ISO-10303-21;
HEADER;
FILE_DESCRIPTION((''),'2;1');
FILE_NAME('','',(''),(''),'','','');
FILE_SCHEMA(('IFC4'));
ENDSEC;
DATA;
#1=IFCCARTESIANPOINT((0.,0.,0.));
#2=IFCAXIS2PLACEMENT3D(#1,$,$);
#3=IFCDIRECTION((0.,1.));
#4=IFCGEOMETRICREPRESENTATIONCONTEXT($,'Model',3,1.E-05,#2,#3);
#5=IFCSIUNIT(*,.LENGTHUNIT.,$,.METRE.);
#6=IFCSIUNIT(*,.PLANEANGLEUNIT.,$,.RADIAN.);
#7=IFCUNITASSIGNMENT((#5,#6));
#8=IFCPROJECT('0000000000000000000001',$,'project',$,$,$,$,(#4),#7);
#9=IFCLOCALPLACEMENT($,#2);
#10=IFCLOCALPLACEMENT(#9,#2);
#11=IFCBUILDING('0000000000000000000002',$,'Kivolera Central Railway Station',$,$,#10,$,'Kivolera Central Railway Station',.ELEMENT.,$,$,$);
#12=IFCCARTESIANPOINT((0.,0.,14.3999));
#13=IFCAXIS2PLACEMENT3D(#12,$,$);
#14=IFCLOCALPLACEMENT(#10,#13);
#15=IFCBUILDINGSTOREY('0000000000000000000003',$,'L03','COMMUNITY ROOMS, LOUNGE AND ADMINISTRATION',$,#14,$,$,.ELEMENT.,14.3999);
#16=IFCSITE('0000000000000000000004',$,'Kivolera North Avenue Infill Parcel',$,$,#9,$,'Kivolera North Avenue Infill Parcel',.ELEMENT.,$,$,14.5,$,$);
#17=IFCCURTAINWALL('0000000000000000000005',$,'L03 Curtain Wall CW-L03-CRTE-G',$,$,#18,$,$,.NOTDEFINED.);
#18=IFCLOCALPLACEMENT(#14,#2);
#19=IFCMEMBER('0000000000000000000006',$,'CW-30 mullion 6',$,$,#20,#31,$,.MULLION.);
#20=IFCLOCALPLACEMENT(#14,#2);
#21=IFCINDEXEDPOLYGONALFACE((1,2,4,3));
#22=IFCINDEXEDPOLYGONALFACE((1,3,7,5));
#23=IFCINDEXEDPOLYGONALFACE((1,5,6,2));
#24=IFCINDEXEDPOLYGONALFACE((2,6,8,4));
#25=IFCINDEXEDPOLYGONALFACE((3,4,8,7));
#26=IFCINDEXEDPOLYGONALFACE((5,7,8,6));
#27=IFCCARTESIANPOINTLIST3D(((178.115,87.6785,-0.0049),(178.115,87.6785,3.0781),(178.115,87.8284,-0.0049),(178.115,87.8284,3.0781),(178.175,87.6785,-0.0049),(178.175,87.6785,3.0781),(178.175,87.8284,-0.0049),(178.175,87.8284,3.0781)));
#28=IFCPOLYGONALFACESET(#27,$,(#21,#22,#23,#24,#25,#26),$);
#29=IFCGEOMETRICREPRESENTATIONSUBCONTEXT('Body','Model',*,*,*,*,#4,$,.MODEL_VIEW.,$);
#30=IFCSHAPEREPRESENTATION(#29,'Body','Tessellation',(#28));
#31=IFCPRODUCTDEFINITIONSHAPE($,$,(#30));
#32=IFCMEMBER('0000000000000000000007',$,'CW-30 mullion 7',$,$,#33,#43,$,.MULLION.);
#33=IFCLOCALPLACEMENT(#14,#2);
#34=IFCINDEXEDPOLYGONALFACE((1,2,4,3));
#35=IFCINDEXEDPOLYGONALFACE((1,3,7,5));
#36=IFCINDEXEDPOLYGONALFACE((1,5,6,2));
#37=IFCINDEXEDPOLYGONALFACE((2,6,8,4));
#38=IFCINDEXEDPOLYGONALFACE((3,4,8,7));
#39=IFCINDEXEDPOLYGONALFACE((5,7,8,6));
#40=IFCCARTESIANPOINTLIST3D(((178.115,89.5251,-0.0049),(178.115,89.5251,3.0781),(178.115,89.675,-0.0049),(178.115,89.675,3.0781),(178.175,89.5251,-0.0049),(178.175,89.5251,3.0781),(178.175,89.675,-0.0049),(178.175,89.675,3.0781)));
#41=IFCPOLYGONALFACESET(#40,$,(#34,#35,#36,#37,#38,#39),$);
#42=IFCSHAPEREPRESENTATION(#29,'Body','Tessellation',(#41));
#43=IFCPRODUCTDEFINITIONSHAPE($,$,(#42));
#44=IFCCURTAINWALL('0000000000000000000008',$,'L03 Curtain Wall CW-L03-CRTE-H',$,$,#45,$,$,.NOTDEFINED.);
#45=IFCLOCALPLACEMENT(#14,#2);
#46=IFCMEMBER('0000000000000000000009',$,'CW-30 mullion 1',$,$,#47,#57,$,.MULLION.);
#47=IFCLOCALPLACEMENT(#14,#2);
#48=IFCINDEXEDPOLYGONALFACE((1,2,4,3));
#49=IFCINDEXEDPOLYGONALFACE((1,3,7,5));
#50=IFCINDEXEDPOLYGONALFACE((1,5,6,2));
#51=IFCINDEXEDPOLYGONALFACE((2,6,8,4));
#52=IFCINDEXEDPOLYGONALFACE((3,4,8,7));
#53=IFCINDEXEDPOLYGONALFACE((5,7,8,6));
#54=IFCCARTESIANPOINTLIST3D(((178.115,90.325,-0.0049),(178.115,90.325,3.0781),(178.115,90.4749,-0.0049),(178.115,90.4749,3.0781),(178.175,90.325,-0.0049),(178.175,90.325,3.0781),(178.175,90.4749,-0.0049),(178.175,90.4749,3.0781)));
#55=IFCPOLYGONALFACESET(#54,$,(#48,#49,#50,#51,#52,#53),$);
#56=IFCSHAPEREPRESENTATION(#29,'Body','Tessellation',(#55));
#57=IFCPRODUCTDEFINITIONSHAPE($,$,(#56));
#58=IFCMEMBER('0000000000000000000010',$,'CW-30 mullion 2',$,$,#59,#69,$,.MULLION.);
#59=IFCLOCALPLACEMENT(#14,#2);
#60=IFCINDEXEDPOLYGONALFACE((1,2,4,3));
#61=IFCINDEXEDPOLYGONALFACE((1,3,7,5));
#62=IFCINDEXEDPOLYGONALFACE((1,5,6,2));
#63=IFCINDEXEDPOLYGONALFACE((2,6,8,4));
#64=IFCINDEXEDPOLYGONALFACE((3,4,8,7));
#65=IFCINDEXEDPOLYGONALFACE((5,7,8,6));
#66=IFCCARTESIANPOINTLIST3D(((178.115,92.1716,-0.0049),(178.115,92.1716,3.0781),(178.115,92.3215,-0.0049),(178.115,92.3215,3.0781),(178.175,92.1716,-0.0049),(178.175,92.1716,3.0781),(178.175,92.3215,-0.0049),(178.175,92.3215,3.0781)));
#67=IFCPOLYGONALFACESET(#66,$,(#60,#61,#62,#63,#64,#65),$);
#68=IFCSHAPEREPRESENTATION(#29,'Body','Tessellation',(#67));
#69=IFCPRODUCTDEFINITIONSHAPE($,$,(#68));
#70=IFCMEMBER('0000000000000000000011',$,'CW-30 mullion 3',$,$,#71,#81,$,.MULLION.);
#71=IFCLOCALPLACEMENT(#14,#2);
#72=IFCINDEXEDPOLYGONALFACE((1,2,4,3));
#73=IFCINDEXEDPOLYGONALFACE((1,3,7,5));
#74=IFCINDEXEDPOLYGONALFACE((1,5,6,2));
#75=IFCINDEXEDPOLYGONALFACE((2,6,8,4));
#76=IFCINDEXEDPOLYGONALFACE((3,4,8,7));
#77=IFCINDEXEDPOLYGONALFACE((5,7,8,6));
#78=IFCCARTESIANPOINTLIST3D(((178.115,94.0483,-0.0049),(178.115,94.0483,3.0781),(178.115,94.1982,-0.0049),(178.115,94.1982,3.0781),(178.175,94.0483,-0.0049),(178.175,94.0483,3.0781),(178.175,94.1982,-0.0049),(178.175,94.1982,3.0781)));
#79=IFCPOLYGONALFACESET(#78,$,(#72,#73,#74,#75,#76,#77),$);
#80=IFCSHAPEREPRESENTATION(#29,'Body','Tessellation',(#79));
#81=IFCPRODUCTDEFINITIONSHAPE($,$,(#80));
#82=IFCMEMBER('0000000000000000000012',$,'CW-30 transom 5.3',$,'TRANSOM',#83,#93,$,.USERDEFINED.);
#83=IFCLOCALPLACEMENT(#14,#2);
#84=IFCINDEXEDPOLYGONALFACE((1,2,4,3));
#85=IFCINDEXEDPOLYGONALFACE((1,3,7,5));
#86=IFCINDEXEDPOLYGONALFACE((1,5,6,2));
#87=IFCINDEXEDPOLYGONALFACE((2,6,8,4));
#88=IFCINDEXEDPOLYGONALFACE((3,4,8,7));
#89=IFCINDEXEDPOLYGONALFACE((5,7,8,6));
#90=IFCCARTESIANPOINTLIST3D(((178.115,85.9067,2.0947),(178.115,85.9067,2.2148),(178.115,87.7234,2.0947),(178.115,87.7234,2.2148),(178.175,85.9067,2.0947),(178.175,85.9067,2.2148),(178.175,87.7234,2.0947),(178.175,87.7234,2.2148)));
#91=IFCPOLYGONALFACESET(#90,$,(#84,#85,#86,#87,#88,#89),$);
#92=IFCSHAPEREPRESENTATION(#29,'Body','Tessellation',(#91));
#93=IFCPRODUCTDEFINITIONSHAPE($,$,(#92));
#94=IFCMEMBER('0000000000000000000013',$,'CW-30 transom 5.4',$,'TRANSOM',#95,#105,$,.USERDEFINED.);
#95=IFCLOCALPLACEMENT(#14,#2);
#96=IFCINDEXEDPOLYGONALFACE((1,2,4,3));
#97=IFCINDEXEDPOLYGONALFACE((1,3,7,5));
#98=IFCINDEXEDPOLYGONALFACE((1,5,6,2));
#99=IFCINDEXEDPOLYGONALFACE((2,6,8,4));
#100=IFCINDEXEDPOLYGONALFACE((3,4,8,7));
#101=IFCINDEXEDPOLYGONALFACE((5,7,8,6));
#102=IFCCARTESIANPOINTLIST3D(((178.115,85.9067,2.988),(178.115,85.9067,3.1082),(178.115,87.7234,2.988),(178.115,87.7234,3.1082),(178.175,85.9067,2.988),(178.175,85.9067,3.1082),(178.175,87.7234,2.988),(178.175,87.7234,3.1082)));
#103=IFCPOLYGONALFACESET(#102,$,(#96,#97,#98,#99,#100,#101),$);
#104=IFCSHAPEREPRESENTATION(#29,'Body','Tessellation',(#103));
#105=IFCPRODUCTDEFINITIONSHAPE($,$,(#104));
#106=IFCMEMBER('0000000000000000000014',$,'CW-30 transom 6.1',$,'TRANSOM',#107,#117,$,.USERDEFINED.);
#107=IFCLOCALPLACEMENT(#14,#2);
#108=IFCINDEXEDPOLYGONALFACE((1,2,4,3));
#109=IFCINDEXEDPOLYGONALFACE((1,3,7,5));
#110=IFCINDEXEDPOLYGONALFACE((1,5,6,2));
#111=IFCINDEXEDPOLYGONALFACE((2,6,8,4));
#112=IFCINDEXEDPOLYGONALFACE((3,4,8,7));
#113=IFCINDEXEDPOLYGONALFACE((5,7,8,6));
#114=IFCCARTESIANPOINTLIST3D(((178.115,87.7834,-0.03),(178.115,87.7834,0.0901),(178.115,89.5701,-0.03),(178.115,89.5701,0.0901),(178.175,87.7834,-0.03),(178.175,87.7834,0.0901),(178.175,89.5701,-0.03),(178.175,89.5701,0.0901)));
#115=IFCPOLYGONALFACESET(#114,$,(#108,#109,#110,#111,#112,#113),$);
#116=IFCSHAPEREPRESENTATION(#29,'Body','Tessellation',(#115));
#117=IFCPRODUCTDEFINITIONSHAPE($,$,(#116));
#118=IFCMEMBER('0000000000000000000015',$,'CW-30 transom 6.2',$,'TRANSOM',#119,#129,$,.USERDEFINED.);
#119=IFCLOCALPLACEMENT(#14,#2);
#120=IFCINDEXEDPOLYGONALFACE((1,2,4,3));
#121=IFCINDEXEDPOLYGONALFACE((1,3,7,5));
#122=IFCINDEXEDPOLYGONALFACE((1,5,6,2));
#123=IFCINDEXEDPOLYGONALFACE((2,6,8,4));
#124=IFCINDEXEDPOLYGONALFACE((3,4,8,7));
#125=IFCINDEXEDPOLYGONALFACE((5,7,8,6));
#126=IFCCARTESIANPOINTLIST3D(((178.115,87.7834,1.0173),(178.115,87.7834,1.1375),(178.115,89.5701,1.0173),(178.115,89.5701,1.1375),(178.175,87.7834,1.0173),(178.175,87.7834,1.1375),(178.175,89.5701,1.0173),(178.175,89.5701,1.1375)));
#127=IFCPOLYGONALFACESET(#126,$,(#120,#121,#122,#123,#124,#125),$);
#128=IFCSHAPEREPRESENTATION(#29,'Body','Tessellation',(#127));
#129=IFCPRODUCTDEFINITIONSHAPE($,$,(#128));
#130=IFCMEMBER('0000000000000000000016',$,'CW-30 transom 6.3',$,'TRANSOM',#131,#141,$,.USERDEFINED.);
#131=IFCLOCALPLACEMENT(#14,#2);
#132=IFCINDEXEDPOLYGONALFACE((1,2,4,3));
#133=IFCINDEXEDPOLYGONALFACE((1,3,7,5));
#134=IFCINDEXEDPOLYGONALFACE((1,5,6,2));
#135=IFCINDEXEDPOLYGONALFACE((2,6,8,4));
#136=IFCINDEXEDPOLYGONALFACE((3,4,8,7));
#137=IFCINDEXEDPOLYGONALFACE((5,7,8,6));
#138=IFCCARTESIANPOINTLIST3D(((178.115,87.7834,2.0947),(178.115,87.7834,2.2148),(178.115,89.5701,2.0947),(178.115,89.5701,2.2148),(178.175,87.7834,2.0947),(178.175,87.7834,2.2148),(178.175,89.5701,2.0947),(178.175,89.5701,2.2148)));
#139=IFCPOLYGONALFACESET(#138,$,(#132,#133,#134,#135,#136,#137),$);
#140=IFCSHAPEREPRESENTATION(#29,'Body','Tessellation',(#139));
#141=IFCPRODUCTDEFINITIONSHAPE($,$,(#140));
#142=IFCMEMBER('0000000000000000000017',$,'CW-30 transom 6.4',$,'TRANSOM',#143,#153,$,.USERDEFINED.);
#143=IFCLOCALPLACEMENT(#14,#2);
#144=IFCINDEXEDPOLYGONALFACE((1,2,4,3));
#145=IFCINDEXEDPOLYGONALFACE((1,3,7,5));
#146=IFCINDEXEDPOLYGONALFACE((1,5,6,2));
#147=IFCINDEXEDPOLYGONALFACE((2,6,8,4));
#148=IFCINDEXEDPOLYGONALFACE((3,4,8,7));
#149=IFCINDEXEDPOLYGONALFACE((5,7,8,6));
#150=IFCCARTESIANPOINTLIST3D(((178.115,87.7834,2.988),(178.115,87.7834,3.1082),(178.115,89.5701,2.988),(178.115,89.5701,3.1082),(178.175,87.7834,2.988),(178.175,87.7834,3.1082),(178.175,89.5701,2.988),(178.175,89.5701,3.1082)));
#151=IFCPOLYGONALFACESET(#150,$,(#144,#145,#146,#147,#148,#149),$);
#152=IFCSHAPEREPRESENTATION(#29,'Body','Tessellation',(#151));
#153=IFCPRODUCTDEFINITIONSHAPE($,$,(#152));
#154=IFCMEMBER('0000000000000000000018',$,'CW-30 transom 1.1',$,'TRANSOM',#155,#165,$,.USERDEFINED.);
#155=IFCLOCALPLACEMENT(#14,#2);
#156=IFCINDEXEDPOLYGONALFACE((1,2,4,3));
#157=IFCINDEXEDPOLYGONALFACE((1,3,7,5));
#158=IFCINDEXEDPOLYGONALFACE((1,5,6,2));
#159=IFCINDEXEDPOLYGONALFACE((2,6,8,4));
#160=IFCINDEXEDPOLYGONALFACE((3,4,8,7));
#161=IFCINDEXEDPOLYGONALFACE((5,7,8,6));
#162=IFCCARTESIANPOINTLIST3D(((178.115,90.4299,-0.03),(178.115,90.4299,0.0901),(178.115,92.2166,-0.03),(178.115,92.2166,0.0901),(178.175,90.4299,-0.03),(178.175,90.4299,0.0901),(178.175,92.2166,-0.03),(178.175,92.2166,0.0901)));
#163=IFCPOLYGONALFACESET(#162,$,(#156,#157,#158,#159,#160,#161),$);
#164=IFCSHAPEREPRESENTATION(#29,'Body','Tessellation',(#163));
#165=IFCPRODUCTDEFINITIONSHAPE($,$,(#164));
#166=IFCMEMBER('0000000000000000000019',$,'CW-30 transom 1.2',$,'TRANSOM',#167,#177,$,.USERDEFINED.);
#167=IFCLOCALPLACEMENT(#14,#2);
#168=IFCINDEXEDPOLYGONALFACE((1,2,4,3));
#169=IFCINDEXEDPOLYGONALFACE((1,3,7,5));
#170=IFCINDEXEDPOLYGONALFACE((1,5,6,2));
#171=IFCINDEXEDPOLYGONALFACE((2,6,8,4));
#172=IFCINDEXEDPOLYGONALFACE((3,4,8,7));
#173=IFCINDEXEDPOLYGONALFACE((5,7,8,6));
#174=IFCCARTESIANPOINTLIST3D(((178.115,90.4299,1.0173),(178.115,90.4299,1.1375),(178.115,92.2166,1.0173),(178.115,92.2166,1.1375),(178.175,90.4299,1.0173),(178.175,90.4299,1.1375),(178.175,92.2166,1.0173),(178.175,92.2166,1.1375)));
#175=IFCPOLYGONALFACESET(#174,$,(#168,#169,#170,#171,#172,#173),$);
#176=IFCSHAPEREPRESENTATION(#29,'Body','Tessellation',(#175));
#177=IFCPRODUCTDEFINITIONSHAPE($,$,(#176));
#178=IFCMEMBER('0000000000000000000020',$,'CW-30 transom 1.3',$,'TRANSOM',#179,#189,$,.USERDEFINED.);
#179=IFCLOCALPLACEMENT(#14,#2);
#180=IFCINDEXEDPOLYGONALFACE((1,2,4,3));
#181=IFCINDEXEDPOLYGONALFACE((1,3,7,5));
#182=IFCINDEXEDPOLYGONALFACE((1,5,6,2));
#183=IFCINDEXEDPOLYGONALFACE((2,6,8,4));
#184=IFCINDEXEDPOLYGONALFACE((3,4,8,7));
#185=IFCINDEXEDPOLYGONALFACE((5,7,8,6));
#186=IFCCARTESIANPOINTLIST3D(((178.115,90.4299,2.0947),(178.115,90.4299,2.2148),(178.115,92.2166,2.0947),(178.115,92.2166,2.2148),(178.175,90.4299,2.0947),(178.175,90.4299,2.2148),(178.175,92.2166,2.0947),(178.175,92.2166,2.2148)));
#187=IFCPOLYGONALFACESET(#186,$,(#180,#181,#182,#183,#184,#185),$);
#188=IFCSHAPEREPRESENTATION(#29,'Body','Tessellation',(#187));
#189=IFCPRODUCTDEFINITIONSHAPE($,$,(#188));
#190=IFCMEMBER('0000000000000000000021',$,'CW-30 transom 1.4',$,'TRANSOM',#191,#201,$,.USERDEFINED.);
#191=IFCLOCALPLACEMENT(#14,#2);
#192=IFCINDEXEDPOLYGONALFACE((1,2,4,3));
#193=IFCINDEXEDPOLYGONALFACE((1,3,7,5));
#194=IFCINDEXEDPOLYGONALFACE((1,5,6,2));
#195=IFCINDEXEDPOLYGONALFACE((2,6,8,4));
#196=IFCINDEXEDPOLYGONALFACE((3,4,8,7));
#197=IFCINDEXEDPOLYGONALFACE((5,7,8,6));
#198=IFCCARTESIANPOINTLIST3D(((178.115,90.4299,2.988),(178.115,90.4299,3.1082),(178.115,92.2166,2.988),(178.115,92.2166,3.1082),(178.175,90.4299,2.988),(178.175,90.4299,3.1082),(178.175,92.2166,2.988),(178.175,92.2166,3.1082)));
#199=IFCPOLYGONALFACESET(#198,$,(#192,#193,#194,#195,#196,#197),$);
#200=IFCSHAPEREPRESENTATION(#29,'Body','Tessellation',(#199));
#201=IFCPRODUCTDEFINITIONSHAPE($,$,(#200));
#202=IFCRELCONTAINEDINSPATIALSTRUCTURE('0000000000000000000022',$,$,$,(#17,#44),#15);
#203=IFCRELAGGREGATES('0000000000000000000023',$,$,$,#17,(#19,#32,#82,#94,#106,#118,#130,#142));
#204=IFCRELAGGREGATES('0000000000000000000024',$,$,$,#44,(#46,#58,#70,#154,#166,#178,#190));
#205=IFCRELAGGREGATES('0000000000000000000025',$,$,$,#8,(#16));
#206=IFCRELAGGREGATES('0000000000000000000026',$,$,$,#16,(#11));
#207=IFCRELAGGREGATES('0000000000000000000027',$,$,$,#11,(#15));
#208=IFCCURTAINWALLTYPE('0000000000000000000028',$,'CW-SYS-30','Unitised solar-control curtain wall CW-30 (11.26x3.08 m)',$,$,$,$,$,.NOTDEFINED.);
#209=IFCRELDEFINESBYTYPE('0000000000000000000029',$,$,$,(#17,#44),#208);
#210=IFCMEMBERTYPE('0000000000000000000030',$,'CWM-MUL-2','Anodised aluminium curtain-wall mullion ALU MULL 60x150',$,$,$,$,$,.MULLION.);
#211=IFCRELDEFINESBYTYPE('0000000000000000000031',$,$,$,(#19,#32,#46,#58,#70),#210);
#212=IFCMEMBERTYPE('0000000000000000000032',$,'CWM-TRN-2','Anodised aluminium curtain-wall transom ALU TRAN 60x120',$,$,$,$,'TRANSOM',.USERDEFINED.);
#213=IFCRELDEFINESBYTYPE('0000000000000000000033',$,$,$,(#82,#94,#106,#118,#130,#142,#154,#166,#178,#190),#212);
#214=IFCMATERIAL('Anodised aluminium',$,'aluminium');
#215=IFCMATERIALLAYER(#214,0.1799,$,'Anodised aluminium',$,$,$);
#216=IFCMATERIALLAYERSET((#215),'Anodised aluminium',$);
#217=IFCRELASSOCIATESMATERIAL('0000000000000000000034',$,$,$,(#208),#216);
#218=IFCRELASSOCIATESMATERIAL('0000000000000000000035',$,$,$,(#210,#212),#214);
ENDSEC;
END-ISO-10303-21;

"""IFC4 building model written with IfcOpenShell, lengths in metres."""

from ifc_helpers import new_model, si_unit, direction, frame, origin, origin_2d, place, context, subcontext, project, spatial, rectangle, extrude, material, layer, layer_set, material_profile, profile_set, type_object, element, aggregate, save


model = new_model("IFC4")

# Units and contexts
model_context = context("Model", 3, precision=1e-05, world=origin(), true_north=direction((0.0, 1.0)))
body_context = subcontext(model_context, "Body", "Model", "MODEL_VIEW")
ifc_project = project(units=[si_unit("LENGTHUNIT", "METRE"), si_unit("PLANEANGLEUNIT", "RADIAN")], contexts=[model_context])

# Site, building, storey
site_placement = place(None, origin())
site = spatial("IfcSite", under=ifc_project, at=site_placement, Name="Kivolera North Avenue Infill Parcel", LongName="Kivolera North Avenue Infill Parcel", CompositionType="ELEMENT", RefElevation=14.5)
building_placement = place(site_placement, origin())
building = spatial("IfcBuilding", under=site, at=building_placement, Name="Kivolera Central Railway Station", LongName="Kivolera Central Railway Station", CompositionType="ELEMENT")
storey_placement = place(building_placement, frame((0.0, 0.0, 14.3999)))
storey = spatial("IfcBuildingStorey", under=building, at=storey_placement, Name="L03", Description="COMMUNITY ROOMS, LOUNGE AND ADMINISTRATION", CompositionType="ELEMENT", Elevation=14.3999)

# Curtain walls, members
ifc_material_1 = material(Name="Anodised aluminium", Category="aluminium")
ifc_layer_1 = layer(ifc_material_1, 0.1799, Name="Anodised aluminium")
ifc_layer_set_1 = layer_set([ifc_layer_1], Name="Anodised aluminium")
curtain_wall_type = type_object("IfcCurtainWallType", Name="CW-SYS-30", Description="Unitised solar-control curtain wall CW-30 (11.26x3.08 m)", PredefinedType="NOTDEFINED", material=ifc_layer_set_1)
curtain_wall_1_placement = place(storey_placement, origin())
curtain_wall_1 = element("IfcCurtainWall", 1, at=curtain_wall_1_placement, inside=storey, type_object=curtain_wall_type, Name="L03 Curtain Wall CW-L03-CRTE-G", PredefinedType="NOTDEFINED")
ifc_material_profile_1 = material_profile(ifc_material_1, rectangle(XDim=0.0601, YDim=0.1499, at=origin_2d()), Name="ALU MULL 60x150")
ifc_profile_set_1 = profile_set([ifc_material_profile_1], Name="Anodised aluminium")
member_type_1 = type_object("IfcMemberType", Name="CWM-MUL-2", Description="Anodised aluminium curtain-wall mullion ALU MULL 60x150", PredefinedType="MULLION", material=ifc_profile_set_1)
member_1_placement = place(storey_placement, frame((178.145, 87.7534, -0.0049), z_axis=(0.0, 0.0, 1.0), x_axis=(-1.0, 0.0, 0.0)))
member_1 = element("IfcMember", 2, at=member_1_placement, type_object=member_type_1, Name="CW-30 mullion 6", PredefinedType="MULLION", context=body_context, shape_type="SweptSolid", body=[
    extrude(rectangle(XDim=0.0601, YDim=0.1499, at=origin_2d()), origin(), (0.0, 0.0, 1.0), 3.083),
])
member_2_placement = place(storey_placement, frame((178.145, 89.6001, -0.0049), z_axis=(0.0, 0.0, 1.0), x_axis=(-1.0, 0.0, 0.0)))
member_2 = element("IfcMember", 3, at=member_2_placement, type_object=member_type_1, Name="CW-30 mullion 7", PredefinedType="MULLION", context=body_context, shape_type="SweptSolid", body=[
    extrude(rectangle(XDim=0.0601, YDim=0.1499, at=origin_2d()), origin(), (0.0, 0.0, 1.0), 3.083),
])
curtain_wall_2_placement = place(storey_placement, origin())
curtain_wall_2 = element("IfcCurtainWall", 4, at=curtain_wall_2_placement, inside=storey, type_object=curtain_wall_type, Name="L03 Curtain Wall CW-L03-CRTE-H", PredefinedType="NOTDEFINED")
member_3_placement = place(storey_placement, frame((178.145, 90.3999, -0.0049), z_axis=(0.0, 0.0, 1.0), x_axis=(-1.0, 0.0, 0.0)))
member_3 = element("IfcMember", 5, at=member_3_placement, type_object=member_type_1, Name="CW-30 mullion 1", PredefinedType="MULLION", context=body_context, shape_type="SweptSolid", body=[
    extrude(rectangle(XDim=0.0601, YDim=0.1499, at=origin_2d()), origin(), (0.0, 0.0, 1.0), 3.083),
])
member_4_placement = place(storey_placement, frame((178.145, 92.2466, -0.0049), z_axis=(0.0, 0.0, 1.0), x_axis=(-1.0, 0.0, 0.0)))
member_4 = element("IfcMember", 6, at=member_4_placement, type_object=member_type_1, Name="CW-30 mullion 2", PredefinedType="MULLION", context=body_context, shape_type="SweptSolid", body=[
    extrude(rectangle(XDim=0.0601, YDim=0.1499, at=origin_2d()), origin(), (0.0, 0.0, 1.0), 3.083),
])
member_5_placement = place(storey_placement, frame((178.145, 94.1233, -0.0049), z_axis=(0.0, 0.0, 1.0), x_axis=(-1.0, 0.0, 0.0)))
member_5 = element("IfcMember", 7, at=member_5_placement, type_object=member_type_1, Name="CW-30 mullion 3", PredefinedType="MULLION", context=body_context, shape_type="SweptSolid", body=[
    extrude(rectangle(XDim=0.0601, YDim=0.1499, at=origin_2d()), origin(), (0.0, 0.0, 1.0), 3.083),
])

# Members
ifc_material_profile_2 = material_profile(ifc_material_1, rectangle(XDim=0.0601, YDim=0.1201, at=origin_2d()), Name="ALU TRAN 60x120")
ifc_profile_set_2 = profile_set([ifc_material_profile_2], Name="Anodised aluminium")
member_type_2 = type_object("IfcMemberType", Name="CWM-TRN-2", Description="Anodised aluminium curtain-wall transom ALU TRAN 60x120", ElementType="TRANSOM", PredefinedType="USERDEFINED", material=ifc_profile_set_2)
member_6_placement = place(storey_placement, frame((178.145, 85.9067, 2.1548), z_axis=(0.0, 1.0, 0.0), x_axis=(-1.0, 0.0, 0.0)))
member_6 = element("IfcMember", 8, at=member_6_placement, type_object=member_type_2, Name="CW-30 transom 5.3", ObjectType="TRANSOM", PredefinedType="USERDEFINED", context=body_context, shape_type="SweptSolid", body=[
    extrude(rectangle(XDim=0.0601, YDim=0.1201, at=origin_2d()), origin(), (0.0, 0.0, 1.0), 1.8167),
])
member_7_placement = place(storey_placement, frame((178.145, 85.9067, 3.0481), z_axis=(0.0, 1.0, 0.0), x_axis=(-1.0, 0.0, 0.0)))
member_7 = element("IfcMember", 9, at=member_7_placement, type_object=member_type_2, Name="CW-30 transom 5.4", ObjectType="TRANSOM", PredefinedType="USERDEFINED", context=body_context, shape_type="SweptSolid", body=[
    extrude(rectangle(XDim=0.0601, YDim=0.1201, at=origin_2d()), origin(), (0.0, 0.0, 1.0), 1.8167),
])
member_8_placement = place(storey_placement, frame((178.145, 87.7834, 0.03), z_axis=(0.0, 1.0, 0.0), x_axis=(-1.0, 0.0, 0.0)))
member_8 = element("IfcMember", 10, at=member_8_placement, type_object=member_type_2, Name="CW-30 transom 6.1", ObjectType="TRANSOM", PredefinedType="USERDEFINED", context=body_context, shape_type="SweptSolid", body=[
    extrude(rectangle(XDim=0.0601, YDim=0.1201, at=origin_2d()), origin(), (0.0, 0.0, 1.0), 1.7866),
])
member_9_placement = place(storey_placement, frame((178.145, 87.7834, 1.0774), z_axis=(0.0, 1.0, 0.0), x_axis=(-1.0, 0.0, 0.0)))
member_9 = element("IfcMember", 11, at=member_9_placement, type_object=member_type_2, Name="CW-30 transom 6.2", ObjectType="TRANSOM", PredefinedType="USERDEFINED", context=body_context, shape_type="SweptSolid", body=[
    extrude(rectangle(XDim=0.0601, YDim=0.1201, at=origin_2d()), origin(), (0.0, 0.0, 1.0), 1.7866),
])
member_10_placement = place(storey_placement, frame((178.145, 87.7834, 2.1548), z_axis=(0.0, 1.0, 0.0), x_axis=(-1.0, 0.0, 0.0)))
member_10 = element("IfcMember", 12, at=member_10_placement, type_object=member_type_2, Name="CW-30 transom 6.3", ObjectType="TRANSOM", PredefinedType="USERDEFINED", context=body_context, shape_type="SweptSolid", body=[
    extrude(rectangle(XDim=0.0601, YDim=0.1201, at=origin_2d()), origin(), (0.0, 0.0, 1.0), 1.7866),
])
member_11_placement = place(storey_placement, frame((178.145, 87.7834, 3.0481), z_axis=(0.0, 1.0, 0.0), x_axis=(-1.0, 0.0, 0.0)))
member_11 = element("IfcMember", 13, at=member_11_placement, type_object=member_type_2, Name="CW-30 transom 6.4", ObjectType="TRANSOM", PredefinedType="USERDEFINED", context=body_context, shape_type="SweptSolid", body=[
    extrude(rectangle(XDim=0.0601, YDim=0.1201, at=origin_2d()), origin(), (0.0, 0.0, 1.0), 1.7866),
])
member_12_placement = place(storey_placement, frame((178.145, 90.4299, 0.03), z_axis=(0.0, 1.0, 0.0), x_axis=(-1.0, 0.0, 0.0)))
member_12 = element("IfcMember", 14, at=member_12_placement, type_object=member_type_2, Name="CW-30 transom 1.1", ObjectType="TRANSOM", PredefinedType="USERDEFINED", context=body_context, shape_type="SweptSolid", body=[
    extrude(rectangle(XDim=0.0601, YDim=0.1201, at=origin_2d()), origin(), (0.0, 0.0, 1.0), 1.7866),
])
member_13_placement = place(storey_placement, frame((178.145, 90.4299, 1.0774), z_axis=(0.0, 1.0, 0.0), x_axis=(-1.0, 0.0, 0.0)))
member_13 = element("IfcMember", 15, at=member_13_placement, type_object=member_type_2, Name="CW-30 transom 1.2", ObjectType="TRANSOM", PredefinedType="USERDEFINED", context=body_context, shape_type="SweptSolid", body=[
    extrude(rectangle(XDim=0.0601, YDim=0.1201, at=origin_2d()), origin(), (0.0, 0.0, 1.0), 1.7866),
])
member_14_placement = place(storey_placement, frame((178.145, 90.4299, 2.1548), z_axis=(0.0, 1.0, 0.0), x_axis=(-1.0, 0.0, 0.0)))
member_14 = element("IfcMember", 16, at=member_14_placement, type_object=member_type_2, Name="CW-30 transom 1.3", ObjectType="TRANSOM", PredefinedType="USERDEFINED", context=body_context, shape_type="SweptSolid", body=[
    extrude(rectangle(XDim=0.0601, YDim=0.1201, at=origin_2d()), origin(), (0.0, 0.0, 1.0), 1.7866),
])
member_15_placement = place(storey_placement, frame((178.145, 90.4299, 3.0481), z_axis=(0.0, 1.0, 0.0), x_axis=(-1.0, 0.0, 0.0)))
member_15 = element("IfcMember", 17, at=member_15_placement, type_object=member_type_2, Name="CW-30 transom 1.4", ObjectType="TRANSOM", PredefinedType="USERDEFINED", context=body_context, shape_type="SweptSolid", body=[
    extrude(rectangle(XDim=0.0601, YDim=0.1201, at=origin_2d()), origin(), (0.0, 0.0, 1.0), 1.7866),
])

aggregate(curtain_wall_1, [member_1, member_2, member_6, member_7, member_8, member_9, member_10, member_11])
aggregate(curtain_wall_2, [member_3, member_4, member_5, member_12, member_13, member_14, member_15])

save(model, "model.ifc")
